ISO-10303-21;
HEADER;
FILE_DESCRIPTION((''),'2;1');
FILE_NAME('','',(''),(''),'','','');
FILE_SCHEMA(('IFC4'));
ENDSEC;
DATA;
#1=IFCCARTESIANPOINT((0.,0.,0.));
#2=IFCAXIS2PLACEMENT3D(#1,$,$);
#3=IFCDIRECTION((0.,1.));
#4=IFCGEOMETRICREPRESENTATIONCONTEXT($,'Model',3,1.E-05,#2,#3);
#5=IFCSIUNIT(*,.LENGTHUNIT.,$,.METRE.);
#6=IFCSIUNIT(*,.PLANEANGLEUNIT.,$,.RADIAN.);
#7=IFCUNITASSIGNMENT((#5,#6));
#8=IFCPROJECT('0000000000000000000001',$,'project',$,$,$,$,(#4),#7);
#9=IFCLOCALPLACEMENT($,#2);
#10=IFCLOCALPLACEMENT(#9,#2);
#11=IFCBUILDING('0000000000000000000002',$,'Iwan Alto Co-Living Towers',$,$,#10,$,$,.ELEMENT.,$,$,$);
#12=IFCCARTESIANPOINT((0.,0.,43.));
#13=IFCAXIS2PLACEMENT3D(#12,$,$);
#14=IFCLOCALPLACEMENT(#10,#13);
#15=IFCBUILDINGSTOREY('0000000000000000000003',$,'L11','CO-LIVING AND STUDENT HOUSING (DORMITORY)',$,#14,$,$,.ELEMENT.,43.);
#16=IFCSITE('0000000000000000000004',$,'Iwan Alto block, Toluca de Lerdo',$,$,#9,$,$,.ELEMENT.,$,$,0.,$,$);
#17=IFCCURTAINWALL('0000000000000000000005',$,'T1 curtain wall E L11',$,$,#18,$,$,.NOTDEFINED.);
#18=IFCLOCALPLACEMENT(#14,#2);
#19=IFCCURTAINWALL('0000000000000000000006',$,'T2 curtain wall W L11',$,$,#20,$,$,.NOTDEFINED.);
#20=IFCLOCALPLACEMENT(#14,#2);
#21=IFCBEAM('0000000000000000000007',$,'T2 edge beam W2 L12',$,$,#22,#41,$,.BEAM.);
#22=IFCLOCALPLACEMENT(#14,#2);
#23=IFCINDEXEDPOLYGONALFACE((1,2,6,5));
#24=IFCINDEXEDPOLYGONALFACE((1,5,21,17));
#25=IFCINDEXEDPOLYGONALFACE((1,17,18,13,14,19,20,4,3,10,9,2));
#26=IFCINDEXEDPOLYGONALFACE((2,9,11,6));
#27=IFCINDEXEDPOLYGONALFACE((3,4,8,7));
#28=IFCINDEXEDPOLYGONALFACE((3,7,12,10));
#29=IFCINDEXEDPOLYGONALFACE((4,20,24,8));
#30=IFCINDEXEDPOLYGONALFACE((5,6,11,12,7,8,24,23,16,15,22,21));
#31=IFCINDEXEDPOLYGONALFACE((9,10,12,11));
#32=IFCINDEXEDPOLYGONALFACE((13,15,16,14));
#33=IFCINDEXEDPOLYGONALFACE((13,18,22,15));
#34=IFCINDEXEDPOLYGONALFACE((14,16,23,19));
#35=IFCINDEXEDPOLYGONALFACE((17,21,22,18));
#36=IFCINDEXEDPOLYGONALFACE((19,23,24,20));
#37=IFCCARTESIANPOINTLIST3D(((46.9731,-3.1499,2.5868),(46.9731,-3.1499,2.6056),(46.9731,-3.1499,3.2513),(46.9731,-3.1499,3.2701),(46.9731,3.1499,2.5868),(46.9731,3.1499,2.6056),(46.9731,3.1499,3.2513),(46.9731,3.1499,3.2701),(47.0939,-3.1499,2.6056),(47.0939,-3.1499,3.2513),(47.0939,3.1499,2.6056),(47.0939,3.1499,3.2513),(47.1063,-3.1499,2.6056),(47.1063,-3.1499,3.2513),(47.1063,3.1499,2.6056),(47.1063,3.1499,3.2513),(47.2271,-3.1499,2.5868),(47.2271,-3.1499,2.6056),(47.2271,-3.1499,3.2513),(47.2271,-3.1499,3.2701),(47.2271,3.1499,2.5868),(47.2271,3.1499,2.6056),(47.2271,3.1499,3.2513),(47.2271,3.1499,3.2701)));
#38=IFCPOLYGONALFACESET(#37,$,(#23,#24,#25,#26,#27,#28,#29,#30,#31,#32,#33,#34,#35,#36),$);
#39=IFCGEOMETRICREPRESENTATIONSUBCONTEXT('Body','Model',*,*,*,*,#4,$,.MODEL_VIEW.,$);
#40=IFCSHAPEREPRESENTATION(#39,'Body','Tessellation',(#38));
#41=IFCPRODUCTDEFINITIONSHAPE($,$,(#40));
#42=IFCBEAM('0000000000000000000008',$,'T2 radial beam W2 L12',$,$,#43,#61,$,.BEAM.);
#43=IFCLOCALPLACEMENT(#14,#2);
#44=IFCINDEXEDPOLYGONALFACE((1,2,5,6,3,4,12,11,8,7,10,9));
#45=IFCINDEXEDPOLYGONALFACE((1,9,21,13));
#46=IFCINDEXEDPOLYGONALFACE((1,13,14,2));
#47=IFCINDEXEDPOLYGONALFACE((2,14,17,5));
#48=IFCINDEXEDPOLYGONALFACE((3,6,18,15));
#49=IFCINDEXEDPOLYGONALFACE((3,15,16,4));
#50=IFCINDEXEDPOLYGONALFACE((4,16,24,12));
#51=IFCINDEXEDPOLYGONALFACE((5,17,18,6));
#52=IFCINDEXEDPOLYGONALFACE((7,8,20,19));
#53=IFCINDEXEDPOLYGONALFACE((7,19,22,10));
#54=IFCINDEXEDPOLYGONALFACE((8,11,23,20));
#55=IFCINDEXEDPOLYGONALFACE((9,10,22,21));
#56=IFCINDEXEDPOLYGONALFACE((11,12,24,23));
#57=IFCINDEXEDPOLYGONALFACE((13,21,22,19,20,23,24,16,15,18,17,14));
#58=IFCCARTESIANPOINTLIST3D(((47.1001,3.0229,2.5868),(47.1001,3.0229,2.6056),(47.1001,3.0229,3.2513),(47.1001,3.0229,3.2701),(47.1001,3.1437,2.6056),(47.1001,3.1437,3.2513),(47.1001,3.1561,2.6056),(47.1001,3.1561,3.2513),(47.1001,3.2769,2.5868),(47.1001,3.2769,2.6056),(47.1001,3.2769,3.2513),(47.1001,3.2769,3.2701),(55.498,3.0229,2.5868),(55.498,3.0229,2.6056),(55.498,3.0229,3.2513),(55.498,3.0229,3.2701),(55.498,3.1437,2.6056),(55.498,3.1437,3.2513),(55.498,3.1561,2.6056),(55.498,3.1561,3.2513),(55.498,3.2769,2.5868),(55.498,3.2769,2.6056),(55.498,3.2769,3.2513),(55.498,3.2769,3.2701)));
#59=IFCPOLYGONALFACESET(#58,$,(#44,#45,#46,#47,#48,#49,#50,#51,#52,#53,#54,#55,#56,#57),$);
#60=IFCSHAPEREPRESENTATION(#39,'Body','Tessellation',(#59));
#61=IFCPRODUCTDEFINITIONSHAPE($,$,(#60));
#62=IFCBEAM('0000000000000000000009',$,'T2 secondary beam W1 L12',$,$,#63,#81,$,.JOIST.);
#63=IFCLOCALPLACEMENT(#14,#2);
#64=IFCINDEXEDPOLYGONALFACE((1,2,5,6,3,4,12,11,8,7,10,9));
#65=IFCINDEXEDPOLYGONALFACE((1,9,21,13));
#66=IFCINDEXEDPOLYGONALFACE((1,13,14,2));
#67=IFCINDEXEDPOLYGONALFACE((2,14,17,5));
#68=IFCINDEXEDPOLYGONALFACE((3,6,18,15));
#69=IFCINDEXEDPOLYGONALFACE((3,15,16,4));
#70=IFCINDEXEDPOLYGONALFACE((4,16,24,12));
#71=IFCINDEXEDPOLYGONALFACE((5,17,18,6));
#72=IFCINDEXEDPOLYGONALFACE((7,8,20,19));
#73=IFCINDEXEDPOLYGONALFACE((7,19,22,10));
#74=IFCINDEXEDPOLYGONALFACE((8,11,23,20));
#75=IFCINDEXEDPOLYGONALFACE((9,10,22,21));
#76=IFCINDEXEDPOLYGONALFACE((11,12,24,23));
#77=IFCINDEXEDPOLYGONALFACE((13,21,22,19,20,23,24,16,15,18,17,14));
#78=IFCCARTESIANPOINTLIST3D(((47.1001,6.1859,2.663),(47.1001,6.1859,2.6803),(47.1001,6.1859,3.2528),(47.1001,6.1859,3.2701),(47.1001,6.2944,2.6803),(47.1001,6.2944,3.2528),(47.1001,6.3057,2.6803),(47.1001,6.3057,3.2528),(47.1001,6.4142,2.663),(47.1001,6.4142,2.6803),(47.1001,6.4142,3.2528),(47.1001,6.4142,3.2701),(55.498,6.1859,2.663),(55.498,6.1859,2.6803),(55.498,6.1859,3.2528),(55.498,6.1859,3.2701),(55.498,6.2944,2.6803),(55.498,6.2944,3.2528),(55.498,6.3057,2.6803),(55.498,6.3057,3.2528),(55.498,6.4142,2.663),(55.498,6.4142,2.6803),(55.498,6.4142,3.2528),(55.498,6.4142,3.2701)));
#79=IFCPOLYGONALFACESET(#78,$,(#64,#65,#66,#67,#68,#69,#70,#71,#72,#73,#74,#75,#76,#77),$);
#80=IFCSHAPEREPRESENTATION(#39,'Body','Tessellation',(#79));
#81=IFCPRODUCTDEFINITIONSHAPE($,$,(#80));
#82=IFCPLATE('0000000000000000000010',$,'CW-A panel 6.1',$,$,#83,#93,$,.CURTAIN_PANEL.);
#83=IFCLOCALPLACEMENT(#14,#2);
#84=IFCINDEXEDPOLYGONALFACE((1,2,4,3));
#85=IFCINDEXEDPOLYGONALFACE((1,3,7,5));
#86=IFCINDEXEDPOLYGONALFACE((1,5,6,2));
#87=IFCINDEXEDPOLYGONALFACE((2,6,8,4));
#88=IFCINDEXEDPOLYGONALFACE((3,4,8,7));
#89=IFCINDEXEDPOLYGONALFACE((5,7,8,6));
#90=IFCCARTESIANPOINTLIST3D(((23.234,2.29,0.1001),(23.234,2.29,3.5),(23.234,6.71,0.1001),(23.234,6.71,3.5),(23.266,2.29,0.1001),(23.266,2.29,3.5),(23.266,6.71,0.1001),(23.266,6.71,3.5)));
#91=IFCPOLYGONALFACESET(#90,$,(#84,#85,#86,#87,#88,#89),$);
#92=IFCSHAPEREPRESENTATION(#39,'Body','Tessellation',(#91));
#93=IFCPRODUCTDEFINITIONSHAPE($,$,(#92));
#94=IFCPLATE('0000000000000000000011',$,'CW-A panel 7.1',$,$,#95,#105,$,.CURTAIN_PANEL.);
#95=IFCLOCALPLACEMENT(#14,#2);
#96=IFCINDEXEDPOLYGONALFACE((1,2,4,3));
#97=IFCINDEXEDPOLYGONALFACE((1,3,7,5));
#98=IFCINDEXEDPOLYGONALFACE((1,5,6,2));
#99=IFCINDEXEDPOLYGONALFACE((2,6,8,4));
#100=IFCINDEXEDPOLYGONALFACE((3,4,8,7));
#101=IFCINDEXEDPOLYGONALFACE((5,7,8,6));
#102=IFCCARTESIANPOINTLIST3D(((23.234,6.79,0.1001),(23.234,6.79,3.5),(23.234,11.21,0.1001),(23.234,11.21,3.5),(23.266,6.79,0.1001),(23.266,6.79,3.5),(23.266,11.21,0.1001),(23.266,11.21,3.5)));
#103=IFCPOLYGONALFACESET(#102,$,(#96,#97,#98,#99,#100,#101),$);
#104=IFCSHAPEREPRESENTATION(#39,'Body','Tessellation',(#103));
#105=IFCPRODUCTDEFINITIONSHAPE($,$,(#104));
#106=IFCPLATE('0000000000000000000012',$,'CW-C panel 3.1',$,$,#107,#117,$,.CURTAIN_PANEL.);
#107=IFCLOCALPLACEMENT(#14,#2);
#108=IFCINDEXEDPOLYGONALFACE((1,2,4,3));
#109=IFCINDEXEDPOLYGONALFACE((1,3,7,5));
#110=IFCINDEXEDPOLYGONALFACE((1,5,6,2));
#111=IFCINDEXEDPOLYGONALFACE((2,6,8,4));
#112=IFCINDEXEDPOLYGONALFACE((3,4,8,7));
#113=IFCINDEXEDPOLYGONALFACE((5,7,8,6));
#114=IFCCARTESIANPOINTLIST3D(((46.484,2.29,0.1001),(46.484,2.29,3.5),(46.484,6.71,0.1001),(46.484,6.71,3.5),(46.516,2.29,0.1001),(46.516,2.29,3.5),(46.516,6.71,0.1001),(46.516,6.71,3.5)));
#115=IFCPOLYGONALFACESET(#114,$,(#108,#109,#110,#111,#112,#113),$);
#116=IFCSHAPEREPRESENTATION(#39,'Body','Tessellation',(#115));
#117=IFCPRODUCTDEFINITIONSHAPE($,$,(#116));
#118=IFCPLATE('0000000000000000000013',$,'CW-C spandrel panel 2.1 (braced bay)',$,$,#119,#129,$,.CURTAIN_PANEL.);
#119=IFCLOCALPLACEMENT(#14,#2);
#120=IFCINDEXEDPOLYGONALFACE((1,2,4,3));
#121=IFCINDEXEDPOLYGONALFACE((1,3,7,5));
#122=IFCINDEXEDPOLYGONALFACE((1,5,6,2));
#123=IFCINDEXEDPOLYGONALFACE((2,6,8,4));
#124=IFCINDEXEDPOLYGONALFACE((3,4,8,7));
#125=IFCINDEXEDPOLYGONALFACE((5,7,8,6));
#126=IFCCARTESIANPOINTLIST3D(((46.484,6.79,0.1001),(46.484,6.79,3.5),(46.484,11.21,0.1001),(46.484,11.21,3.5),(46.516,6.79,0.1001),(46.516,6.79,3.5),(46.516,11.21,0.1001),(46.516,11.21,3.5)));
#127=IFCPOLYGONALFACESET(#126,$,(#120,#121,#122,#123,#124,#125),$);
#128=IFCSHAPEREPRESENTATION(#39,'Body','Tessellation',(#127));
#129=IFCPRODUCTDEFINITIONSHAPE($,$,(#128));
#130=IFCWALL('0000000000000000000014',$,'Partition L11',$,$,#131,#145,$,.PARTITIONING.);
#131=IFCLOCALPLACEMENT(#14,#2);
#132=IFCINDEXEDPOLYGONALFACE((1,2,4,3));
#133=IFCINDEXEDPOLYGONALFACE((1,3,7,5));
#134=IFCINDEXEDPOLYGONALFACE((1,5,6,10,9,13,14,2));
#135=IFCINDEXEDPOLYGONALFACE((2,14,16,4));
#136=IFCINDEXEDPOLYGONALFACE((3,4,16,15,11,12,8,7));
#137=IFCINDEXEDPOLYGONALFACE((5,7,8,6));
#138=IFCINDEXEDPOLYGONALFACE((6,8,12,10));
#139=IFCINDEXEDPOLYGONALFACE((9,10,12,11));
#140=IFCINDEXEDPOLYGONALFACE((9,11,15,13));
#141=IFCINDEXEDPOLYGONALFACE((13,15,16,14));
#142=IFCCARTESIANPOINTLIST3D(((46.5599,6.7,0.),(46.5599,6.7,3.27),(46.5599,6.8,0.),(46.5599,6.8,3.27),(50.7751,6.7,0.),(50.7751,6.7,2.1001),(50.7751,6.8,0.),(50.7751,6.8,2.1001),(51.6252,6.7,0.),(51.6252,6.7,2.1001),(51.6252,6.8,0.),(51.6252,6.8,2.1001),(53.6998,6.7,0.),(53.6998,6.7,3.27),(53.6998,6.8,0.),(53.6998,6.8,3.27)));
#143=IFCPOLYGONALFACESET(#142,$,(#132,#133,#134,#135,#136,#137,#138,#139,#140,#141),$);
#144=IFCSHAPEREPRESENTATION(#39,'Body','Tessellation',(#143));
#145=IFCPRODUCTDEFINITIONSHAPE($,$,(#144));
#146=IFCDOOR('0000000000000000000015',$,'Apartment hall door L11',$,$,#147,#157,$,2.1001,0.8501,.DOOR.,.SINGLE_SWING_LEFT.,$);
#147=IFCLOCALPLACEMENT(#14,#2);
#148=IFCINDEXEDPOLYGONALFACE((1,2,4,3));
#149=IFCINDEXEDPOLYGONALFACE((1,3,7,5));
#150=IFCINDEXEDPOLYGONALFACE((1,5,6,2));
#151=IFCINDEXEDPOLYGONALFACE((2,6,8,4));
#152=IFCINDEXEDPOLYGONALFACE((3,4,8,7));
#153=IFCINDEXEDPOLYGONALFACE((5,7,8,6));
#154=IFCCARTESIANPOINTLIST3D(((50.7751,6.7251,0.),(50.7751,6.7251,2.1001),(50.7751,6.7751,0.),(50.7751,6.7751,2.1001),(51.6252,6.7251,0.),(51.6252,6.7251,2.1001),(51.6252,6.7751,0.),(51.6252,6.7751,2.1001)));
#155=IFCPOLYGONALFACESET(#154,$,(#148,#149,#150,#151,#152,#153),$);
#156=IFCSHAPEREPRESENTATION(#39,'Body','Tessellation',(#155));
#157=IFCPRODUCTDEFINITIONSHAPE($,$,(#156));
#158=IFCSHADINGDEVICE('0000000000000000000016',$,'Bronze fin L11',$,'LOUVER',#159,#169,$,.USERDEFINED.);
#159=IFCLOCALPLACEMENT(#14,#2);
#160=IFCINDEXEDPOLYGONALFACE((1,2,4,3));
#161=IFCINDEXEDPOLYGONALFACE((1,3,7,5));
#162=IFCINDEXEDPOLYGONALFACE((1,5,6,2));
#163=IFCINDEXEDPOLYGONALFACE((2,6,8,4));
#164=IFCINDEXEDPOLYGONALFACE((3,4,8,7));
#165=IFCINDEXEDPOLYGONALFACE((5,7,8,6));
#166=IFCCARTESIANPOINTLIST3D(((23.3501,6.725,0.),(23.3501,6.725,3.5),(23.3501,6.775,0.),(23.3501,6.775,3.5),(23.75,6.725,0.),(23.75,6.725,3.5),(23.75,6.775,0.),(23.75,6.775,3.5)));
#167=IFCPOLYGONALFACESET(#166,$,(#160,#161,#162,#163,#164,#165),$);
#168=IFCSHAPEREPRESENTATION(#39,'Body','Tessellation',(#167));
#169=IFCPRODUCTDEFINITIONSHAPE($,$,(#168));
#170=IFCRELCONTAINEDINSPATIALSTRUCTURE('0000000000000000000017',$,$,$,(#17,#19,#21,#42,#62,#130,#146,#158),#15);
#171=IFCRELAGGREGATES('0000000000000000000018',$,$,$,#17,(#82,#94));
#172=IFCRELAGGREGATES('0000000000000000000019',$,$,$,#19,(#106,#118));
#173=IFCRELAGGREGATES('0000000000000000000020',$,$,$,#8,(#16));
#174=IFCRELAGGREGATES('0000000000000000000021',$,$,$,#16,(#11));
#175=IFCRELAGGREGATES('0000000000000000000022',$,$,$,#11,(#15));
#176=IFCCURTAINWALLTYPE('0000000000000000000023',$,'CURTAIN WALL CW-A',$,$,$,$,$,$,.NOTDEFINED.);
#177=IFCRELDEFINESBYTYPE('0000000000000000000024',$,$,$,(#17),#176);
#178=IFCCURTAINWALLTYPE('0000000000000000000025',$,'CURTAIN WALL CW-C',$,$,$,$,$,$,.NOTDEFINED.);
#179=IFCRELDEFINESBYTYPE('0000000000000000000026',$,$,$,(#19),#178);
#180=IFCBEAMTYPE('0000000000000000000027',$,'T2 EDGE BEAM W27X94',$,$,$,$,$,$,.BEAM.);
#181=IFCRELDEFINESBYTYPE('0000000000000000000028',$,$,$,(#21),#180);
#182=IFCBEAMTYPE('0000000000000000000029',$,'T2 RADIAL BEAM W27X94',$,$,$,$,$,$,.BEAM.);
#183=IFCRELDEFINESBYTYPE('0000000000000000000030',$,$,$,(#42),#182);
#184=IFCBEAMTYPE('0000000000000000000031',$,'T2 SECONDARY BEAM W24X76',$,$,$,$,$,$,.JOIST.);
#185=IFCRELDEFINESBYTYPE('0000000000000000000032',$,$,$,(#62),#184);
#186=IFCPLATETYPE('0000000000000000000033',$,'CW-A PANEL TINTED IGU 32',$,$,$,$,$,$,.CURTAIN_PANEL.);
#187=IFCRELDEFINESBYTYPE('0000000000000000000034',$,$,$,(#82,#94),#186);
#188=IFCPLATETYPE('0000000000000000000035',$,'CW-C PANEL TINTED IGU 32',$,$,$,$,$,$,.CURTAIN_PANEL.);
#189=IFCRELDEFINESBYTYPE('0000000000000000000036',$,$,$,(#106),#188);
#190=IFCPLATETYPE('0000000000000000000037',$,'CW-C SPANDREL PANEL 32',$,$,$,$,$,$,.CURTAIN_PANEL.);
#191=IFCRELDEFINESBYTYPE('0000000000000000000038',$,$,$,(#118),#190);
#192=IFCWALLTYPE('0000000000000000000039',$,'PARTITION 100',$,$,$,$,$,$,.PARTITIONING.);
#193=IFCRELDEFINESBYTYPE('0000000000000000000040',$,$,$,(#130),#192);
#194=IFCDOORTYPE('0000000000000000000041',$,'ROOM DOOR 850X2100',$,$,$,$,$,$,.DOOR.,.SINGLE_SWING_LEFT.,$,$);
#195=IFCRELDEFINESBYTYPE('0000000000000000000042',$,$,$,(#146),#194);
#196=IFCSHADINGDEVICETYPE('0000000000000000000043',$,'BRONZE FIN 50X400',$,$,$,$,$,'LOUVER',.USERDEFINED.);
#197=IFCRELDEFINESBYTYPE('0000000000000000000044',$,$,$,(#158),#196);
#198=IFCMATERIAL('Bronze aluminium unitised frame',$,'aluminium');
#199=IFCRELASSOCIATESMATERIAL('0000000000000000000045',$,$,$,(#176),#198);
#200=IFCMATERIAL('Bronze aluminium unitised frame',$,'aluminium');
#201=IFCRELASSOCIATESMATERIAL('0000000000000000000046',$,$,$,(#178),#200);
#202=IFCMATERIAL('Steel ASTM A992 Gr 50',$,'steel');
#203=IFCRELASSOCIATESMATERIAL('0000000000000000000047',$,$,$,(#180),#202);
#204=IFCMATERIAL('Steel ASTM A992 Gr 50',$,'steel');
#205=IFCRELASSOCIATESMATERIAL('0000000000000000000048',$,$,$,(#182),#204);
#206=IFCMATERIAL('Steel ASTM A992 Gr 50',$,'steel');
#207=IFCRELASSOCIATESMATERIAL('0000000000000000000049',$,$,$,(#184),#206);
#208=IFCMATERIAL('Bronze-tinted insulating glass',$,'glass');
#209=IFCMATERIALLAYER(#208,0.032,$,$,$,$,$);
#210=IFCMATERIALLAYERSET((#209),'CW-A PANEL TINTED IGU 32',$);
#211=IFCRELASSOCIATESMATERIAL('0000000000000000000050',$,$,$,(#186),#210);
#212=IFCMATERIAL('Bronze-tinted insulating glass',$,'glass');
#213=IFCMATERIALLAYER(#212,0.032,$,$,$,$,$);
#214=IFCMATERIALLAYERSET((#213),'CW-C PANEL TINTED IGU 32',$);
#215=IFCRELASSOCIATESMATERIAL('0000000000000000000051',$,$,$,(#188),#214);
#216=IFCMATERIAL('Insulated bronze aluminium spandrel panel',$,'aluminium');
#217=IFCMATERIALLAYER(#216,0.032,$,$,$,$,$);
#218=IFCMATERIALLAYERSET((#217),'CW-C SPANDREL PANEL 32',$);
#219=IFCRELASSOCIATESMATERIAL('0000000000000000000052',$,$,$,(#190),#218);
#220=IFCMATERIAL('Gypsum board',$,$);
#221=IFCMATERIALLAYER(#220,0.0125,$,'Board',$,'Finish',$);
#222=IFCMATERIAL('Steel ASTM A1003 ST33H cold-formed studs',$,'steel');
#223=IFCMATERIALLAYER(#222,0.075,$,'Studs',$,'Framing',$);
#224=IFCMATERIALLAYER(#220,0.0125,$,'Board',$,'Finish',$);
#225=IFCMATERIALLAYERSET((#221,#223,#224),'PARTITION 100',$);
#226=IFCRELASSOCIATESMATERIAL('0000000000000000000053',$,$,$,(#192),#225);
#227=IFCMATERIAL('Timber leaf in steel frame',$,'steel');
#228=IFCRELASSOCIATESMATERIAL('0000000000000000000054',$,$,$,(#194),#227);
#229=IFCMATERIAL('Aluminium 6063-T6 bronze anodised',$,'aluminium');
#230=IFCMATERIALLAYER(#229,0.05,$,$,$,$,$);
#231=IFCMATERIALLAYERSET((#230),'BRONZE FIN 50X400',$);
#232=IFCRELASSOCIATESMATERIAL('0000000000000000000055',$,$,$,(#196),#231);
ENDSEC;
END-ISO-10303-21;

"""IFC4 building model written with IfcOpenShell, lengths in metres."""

from ifc_helpers import new_model, si_unit, direction, frame, frame_2d, origin, origin_2d, place, context, subcontext, project, spatial, rectangle, i_section, extrude, material, layer, layer_set, material_profile, profile_set, type_object, element, fill, aggregate, save


model = new_model("IFC4")

# Units and contexts
model_context = context("Model", 3, precision=1e-05, world=origin(), true_north=direction((0.0, 1.0)))
body_context = subcontext(model_context, "Body", "Model", "MODEL_VIEW")
ifc_project = project(units=[si_unit("LENGTHUNIT", "METRE"), si_unit("PLANEANGLEUNIT", "RADIAN")], contexts=[model_context])

# Site, building, storey
site_placement = place(None, origin())
site = spatial("IfcSite", under=ifc_project, at=site_placement, Name="Iwan Alto block, Toluca de Lerdo", CompositionType="ELEMENT", RefElevation=0.0)
building_placement = place(site_placement, origin())
building = spatial("IfcBuilding", under=site, at=building_placement, Name="Iwan Alto Co-Living Towers", CompositionType="ELEMENT")
storey_placement = place(building_placement, frame((0.0, 0.0, 43.0)))
storey = spatial("IfcBuildingStorey", under=building, at=storey_placement, Name="L11", Description="CO-LIVING AND STUDENT HOUSING (DORMITORY)", CompositionType="ELEMENT", Elevation=43.0)

# Curtain walls
ifc_material_1 = material(Name="Bronze aluminium unitised frame", Category="aluminium")
curtain_wall_type_1 = type_object("IfcCurtainWallType", Name="CURTAIN WALL CW-A", PredefinedType="NOTDEFINED", material=ifc_material_1)
curtain_wall_1_placement = place(storey_placement, origin())
curtain_wall_1 = element("IfcCurtainWall", 1, at=curtain_wall_1_placement, inside=storey, type_object=curtain_wall_type_1, Name="T1 curtain wall E L11", PredefinedType="NOTDEFINED")
ifc_material_2 = material(Name="Bronze aluminium unitised frame", Category="aluminium")
curtain_wall_type_2 = type_object("IfcCurtainWallType", Name="CURTAIN WALL CW-C", PredefinedType="NOTDEFINED", material=ifc_material_2)
curtain_wall_2_placement = place(storey_placement, origin())
curtain_wall_2 = element("IfcCurtainWall", 2, at=curtain_wall_2_placement, inside=storey, type_object=curtain_wall_type_2, Name="T2 curtain wall W L11", PredefinedType="NOTDEFINED")

# Beams
ifc_material_3 = material(Name="Steel ASTM A992 Gr 50", Category="steel")
ifc_material_profile_1 = material_profile(ifc_material_3, i_section(OverallWidth=0.2539, OverallDepth=0.6833, WebThickness=0.0125, FlangeThickness=0.0188, at=origin_2d()), Name="W27X94")
ifc_profile_set_1 = profile_set([ifc_material_profile_1], Name="Steel ASTM A992 Gr 50")
beam_type_1 = type_object("IfcBeamType", Name="T2 EDGE BEAM W27X94", PredefinedType="BEAM", material=ifc_profile_set_1)
beam_1_placement = place(storey_placement, frame((47.1001, 3.1499, 2.9285), z_axis=(0.0, -1.0, 0.0), x_axis=(1.0, 0.0, 0.0)))
element("IfcBeam", 3, at=beam_1_placement, inside=storey, type_object=beam_type_1, Name="T2 edge beam W2 L12", PredefinedType="BEAM", context=body_context, shape_type="SweptSolid", body=[
    extrude(i_section(OverallWidth=0.2539, OverallDepth=0.6833, WebThickness=0.0125, FlangeThickness=0.0188, at=origin_2d()), origin(), (0.0, 0.0, 1.0), 6.2998),
])
ifc_material_4 = material(Name="Steel ASTM A992 Gr 50", Category="steel")
ifc_material_profile_2 = material_profile(ifc_material_4, i_section(OverallWidth=0.2539, OverallDepth=0.6833, WebThickness=0.0125, FlangeThickness=0.0188, at=origin_2d()), Name="W27X94")
ifc_profile_set_2 = profile_set([ifc_material_profile_2], Name="Steel ASTM A992 Gr 50")
beam_type_2 = type_object("IfcBeamType", Name="T2 RADIAL BEAM W27X94", PredefinedType="BEAM", material=ifc_profile_set_2)
beam_2_placement = place(storey_placement, frame((47.1001, 3.1499, 2.9285), z_axis=(1.0, 0.0, 0.0), x_axis=(0.0, 1.0, 0.0)))
element("IfcBeam", 4, at=beam_2_placement, inside=storey, type_object=beam_type_2, Name="T2 radial beam W2 L12", PredefinedType="BEAM", context=body_context, shape_type="SweptSolid", body=[
    extrude(i_section(OverallWidth=0.2539, OverallDepth=0.6833, WebThickness=0.0125, FlangeThickness=0.0188, at=origin_2d()), origin(), (0.0, 0.0, 1.0), 8.3979),
])
ifc_material_5 = material(Name="Steel ASTM A992 Gr 50", Category="steel")
ifc_material_profile_3 = material_profile(ifc_material_5, i_section(OverallWidth=0.2283, OverallDepth=0.6072, WebThickness=0.0112, FlangeThickness=0.0173, at=origin_2d()), Name="W24X76")
ifc_profile_set_3 = profile_set([ifc_material_profile_3], Name="Steel ASTM A992 Gr 50")
beam_type_3 = type_object("IfcBeamType", Name="T2 SECONDARY BEAM W24X76", PredefinedType="JOIST", material=ifc_profile_set_3)
beam_3_placement = place(storey_placement, frame((47.1001, 6.3, 2.9666), z_axis=(1.0, 0.0, 0.0), x_axis=(0.0, 1.0, 0.0)))
element("IfcBeam", 5, at=beam_3_placement, inside=storey, type_object=beam_type_3, Name="T2 secondary beam W1 L12", PredefinedType="JOIST", context=body_context, shape_type="SweptSolid", body=[
    extrude(i_section(OverallWidth=0.2283, OverallDepth=0.6072, WebThickness=0.0112, FlangeThickness=0.0173, at=origin_2d()), origin(), (0.0, 0.0, 1.0), 8.3979),
])

# Plates
ifc_material_6 = material(Name="Bronze-tinted insulating glass", Category="glass")
ifc_layer_1 = layer(ifc_material_6, 0.032)
ifc_layer_set_1 = layer_set([ifc_layer_1], Name="CW-A PANEL TINTED IGU 32")
plate_type_1 = type_object("IfcPlateType", Name="CW-A PANEL TINTED IGU 32", PredefinedType="CURTAIN_PANEL", material=ifc_layer_set_1)
plate_1_placement = place(storey_placement, frame((23.25, 4.5, 0.1001), z_axis=(0.0, 0.0, 1.0), x_axis=(0.0, 1.0, 0.0)))
plate_1 = element("IfcPlate", 6, at=plate_1_placement, type_object=plate_type_1, Name="CW-A panel 6.1", PredefinedType="CURTAIN_PANEL", context=body_context, shape_type="SweptSolid", body=[
    extrude(rectangle(XDim=4.4199, YDim=0.032, at=origin_2d()), origin(), (0.0, 0.0, 1.0), 3.3999),
])
plate_2_placement = place(storey_placement, frame((23.25, 9.0, 0.1001), z_axis=(0.0, 0.0, 1.0), x_axis=(0.0, 1.0, 0.0)))
plate_2 = element("IfcPlate", 7, at=plate_2_placement, type_object=plate_type_1, Name="CW-A panel 7.1", PredefinedType="CURTAIN_PANEL", context=body_context, shape_type="SweptSolid", body=[
    extrude(rectangle(XDim=4.4199, YDim=0.032, at=origin_2d()), origin(), (0.0, 0.0, 1.0), 3.3999),
])
aggregate(curtain_wall_1, [plate_1, plate_2])
ifc_material_7 = material(Name="Bronze-tinted insulating glass", Category="glass")
ifc_layer_2 = layer(ifc_material_7, 0.032)
ifc_layer_set_2 = layer_set([ifc_layer_2], Name="CW-C PANEL TINTED IGU 32")
plate_type_2 = type_object("IfcPlateType", Name="CW-C PANEL TINTED IGU 32", PredefinedType="CURTAIN_PANEL", material=ifc_layer_set_2)
plate_3_placement = place(storey_placement, frame((46.5, 4.5, 0.1001), z_axis=(0.0, 0.0, 1.0), x_axis=(0.0, -1.0, 0.0)))
plate_3 = element("IfcPlate", 8, at=plate_3_placement, type_object=plate_type_2, Name="CW-C panel 3.1", PredefinedType="CURTAIN_PANEL", context=body_context, shape_type="SweptSolid", body=[
    extrude(rectangle(XDim=4.4199, YDim=0.032, at=origin_2d()), origin(), (0.0, 0.0, 1.0), 3.3999),
])
ifc_material_8 = material(Name="Insulated bronze aluminium spandrel panel", Category="aluminium")
ifc_layer_3 = layer(ifc_material_8, 0.032)
ifc_layer_set_3 = layer_set([ifc_layer_3], Name="CW-C SPANDREL PANEL 32")
plate_type_3 = type_object("IfcPlateType", Name="CW-C SPANDREL PANEL 32", PredefinedType="CURTAIN_PANEL", material=ifc_layer_set_3)
plate_4_placement = place(storey_placement, frame((46.5, 9.0, 0.1001), z_axis=(0.0, 0.0, 1.0), x_axis=(0.0, -1.0, 0.0)))
plate_4 = element("IfcPlate", 9, at=plate_4_placement, type_object=plate_type_3, Name="CW-C spandrel panel 2.1 (braced bay)", PredefinedType="CURTAIN_PANEL", context=body_context, shape_type="SweptSolid", body=[
    extrude(rectangle(XDim=4.4199, YDim=0.032, at=origin_2d()), origin(), (0.0, 0.0, 1.0), 3.3999),
])
aggregate(curtain_wall_2, [plate_3, plate_4])

# Wall, opening, door
ifc_material_9 = material(Name="Gypsum board")
ifc_layer_4 = layer(ifc_material_9, 0.0125, Name="Board", Category="Finish")
ifc_material_10 = material(Name="Steel ASTM A1003 ST33H cold-formed studs", Category="steel")
ifc_layer_5 = layer(ifc_material_10, 0.075, Name="Studs", Category="Framing")
ifc_layer_6 = layer(ifc_material_9, 0.0125, Name="Board", Category="Finish")
ifc_layer_set_4 = layer_set([ifc_layer_4, ifc_layer_5, ifc_layer_6], Name="PARTITION 100")
wall_type = type_object("IfcWallType", Name="PARTITION 100", PredefinedType="PARTITIONING", material=ifc_layer_set_4)
wall_placement = place(storey_placement, frame((46.5601, 6.75, 0.0), z_axis=(0.0, 0.0, 1.0), x_axis=(1.0, 0.0, 0.0)))
wall = element("IfcWall", 10, at=wall_placement, inside=storey, type_object=wall_type, Name="Partition L11", PredefinedType="PARTITIONING", context=body_context, shape_type="SweptSolid", body=[
    extrude(rectangle(XDim=7.1399, YDim=0.1001, at=frame_2d((3.5698, 0.0))), origin(), (0.0, 0.0, 1.0), 3.27),
])
opening_placement = place(wall_placement, frame((4.2151, 0.0, 0.0)))
opening = element("IfcOpeningElement", 11, at=opening_placement, cuts=wall, PredefinedType="OPENING", context=body_context, shape_type="SweptSolid", body=[
    extrude(rectangle(XDim=0.8501, YDim=2.1001, at=frame_2d((0.425, 1.05))), frame((0.0, 0.0601, 0.0), z_axis=(0.0, -1.0, 0.0), x_axis=(1.0, 0.0, 0.0)), (0.0, 0.0, 1.0), 0.1201),
])
ifc_material_11 = material(Name="Timber leaf in steel frame", Category="steel")
door_type = type_object("IfcDoorType", Name="ROOM DOOR 850X2100", OperationType="SINGLE_SWING_LEFT", PredefinedType="DOOR", material=ifc_material_11)
door_placement = place(opening_placement, frame((0.8501, 0.0, 0.0), z_axis=(0.0, 0.0, 1.0), x_axis=(-1.0, 0.0, 0.0)))
door = element("IfcDoor", 12, at=door_placement, inside=storey, type_object=door_type, Name="Apartment hall door L11", OperationType="SINGLE_SWING_LEFT", OverallHeight=2.1001, OverallWidth=0.8501, PredefinedType="DOOR", context=body_context, shape_type="SweptSolid", body=[
    extrude(rectangle(XDim=0.8501, YDim=2.1001, at=frame_2d((0.425, 1.05))), frame((0.0, 0.0249, 0.0), z_axis=(0.0, -1.0, 0.0), x_axis=(1.0, 0.0, 0.0)), (0.0, 0.0, 1.0), 0.05),
])
fill(opening, door)

# Shading device
ifc_material_12 = material(Name="Aluminium 6063-T6 bronze anodised", Category="aluminium")
ifc_layer_7 = layer(ifc_material_12, 0.05)
ifc_layer_set_5 = layer_set([ifc_layer_7], Name="BRONZE FIN 50X400")
shading_device_type = type_object("IfcShadingDeviceType", Name="BRONZE FIN 50X400", ElementType="LOUVER", PredefinedType="USERDEFINED", material=ifc_layer_set_5)
for number, where, z_axis, x_axis, name in (
    (13, (23.55, 6.75, 0.0), (0.0, 0.0, 1.0), (0.0, 1.0, 0.0), "Bronze fin L11"),
):
    element("IfcShadingDevice", number, at=place(storey_placement, frame(where, z_axis=z_axis, x_axis=x_axis)), inside=storey, type_object=shading_device_type, Name=name, ObjectType="LOUVER", PredefinedType="USERDEFINED", context=body_context, shape_type="SweptSolid", body=[
        extrude(rectangle(XDim=0.05, YDim=0.3999, at=origin_2d()), origin(), (0.0, 0.0, 1.0), 3.5),
    ])

save(model, "model.ifc")
